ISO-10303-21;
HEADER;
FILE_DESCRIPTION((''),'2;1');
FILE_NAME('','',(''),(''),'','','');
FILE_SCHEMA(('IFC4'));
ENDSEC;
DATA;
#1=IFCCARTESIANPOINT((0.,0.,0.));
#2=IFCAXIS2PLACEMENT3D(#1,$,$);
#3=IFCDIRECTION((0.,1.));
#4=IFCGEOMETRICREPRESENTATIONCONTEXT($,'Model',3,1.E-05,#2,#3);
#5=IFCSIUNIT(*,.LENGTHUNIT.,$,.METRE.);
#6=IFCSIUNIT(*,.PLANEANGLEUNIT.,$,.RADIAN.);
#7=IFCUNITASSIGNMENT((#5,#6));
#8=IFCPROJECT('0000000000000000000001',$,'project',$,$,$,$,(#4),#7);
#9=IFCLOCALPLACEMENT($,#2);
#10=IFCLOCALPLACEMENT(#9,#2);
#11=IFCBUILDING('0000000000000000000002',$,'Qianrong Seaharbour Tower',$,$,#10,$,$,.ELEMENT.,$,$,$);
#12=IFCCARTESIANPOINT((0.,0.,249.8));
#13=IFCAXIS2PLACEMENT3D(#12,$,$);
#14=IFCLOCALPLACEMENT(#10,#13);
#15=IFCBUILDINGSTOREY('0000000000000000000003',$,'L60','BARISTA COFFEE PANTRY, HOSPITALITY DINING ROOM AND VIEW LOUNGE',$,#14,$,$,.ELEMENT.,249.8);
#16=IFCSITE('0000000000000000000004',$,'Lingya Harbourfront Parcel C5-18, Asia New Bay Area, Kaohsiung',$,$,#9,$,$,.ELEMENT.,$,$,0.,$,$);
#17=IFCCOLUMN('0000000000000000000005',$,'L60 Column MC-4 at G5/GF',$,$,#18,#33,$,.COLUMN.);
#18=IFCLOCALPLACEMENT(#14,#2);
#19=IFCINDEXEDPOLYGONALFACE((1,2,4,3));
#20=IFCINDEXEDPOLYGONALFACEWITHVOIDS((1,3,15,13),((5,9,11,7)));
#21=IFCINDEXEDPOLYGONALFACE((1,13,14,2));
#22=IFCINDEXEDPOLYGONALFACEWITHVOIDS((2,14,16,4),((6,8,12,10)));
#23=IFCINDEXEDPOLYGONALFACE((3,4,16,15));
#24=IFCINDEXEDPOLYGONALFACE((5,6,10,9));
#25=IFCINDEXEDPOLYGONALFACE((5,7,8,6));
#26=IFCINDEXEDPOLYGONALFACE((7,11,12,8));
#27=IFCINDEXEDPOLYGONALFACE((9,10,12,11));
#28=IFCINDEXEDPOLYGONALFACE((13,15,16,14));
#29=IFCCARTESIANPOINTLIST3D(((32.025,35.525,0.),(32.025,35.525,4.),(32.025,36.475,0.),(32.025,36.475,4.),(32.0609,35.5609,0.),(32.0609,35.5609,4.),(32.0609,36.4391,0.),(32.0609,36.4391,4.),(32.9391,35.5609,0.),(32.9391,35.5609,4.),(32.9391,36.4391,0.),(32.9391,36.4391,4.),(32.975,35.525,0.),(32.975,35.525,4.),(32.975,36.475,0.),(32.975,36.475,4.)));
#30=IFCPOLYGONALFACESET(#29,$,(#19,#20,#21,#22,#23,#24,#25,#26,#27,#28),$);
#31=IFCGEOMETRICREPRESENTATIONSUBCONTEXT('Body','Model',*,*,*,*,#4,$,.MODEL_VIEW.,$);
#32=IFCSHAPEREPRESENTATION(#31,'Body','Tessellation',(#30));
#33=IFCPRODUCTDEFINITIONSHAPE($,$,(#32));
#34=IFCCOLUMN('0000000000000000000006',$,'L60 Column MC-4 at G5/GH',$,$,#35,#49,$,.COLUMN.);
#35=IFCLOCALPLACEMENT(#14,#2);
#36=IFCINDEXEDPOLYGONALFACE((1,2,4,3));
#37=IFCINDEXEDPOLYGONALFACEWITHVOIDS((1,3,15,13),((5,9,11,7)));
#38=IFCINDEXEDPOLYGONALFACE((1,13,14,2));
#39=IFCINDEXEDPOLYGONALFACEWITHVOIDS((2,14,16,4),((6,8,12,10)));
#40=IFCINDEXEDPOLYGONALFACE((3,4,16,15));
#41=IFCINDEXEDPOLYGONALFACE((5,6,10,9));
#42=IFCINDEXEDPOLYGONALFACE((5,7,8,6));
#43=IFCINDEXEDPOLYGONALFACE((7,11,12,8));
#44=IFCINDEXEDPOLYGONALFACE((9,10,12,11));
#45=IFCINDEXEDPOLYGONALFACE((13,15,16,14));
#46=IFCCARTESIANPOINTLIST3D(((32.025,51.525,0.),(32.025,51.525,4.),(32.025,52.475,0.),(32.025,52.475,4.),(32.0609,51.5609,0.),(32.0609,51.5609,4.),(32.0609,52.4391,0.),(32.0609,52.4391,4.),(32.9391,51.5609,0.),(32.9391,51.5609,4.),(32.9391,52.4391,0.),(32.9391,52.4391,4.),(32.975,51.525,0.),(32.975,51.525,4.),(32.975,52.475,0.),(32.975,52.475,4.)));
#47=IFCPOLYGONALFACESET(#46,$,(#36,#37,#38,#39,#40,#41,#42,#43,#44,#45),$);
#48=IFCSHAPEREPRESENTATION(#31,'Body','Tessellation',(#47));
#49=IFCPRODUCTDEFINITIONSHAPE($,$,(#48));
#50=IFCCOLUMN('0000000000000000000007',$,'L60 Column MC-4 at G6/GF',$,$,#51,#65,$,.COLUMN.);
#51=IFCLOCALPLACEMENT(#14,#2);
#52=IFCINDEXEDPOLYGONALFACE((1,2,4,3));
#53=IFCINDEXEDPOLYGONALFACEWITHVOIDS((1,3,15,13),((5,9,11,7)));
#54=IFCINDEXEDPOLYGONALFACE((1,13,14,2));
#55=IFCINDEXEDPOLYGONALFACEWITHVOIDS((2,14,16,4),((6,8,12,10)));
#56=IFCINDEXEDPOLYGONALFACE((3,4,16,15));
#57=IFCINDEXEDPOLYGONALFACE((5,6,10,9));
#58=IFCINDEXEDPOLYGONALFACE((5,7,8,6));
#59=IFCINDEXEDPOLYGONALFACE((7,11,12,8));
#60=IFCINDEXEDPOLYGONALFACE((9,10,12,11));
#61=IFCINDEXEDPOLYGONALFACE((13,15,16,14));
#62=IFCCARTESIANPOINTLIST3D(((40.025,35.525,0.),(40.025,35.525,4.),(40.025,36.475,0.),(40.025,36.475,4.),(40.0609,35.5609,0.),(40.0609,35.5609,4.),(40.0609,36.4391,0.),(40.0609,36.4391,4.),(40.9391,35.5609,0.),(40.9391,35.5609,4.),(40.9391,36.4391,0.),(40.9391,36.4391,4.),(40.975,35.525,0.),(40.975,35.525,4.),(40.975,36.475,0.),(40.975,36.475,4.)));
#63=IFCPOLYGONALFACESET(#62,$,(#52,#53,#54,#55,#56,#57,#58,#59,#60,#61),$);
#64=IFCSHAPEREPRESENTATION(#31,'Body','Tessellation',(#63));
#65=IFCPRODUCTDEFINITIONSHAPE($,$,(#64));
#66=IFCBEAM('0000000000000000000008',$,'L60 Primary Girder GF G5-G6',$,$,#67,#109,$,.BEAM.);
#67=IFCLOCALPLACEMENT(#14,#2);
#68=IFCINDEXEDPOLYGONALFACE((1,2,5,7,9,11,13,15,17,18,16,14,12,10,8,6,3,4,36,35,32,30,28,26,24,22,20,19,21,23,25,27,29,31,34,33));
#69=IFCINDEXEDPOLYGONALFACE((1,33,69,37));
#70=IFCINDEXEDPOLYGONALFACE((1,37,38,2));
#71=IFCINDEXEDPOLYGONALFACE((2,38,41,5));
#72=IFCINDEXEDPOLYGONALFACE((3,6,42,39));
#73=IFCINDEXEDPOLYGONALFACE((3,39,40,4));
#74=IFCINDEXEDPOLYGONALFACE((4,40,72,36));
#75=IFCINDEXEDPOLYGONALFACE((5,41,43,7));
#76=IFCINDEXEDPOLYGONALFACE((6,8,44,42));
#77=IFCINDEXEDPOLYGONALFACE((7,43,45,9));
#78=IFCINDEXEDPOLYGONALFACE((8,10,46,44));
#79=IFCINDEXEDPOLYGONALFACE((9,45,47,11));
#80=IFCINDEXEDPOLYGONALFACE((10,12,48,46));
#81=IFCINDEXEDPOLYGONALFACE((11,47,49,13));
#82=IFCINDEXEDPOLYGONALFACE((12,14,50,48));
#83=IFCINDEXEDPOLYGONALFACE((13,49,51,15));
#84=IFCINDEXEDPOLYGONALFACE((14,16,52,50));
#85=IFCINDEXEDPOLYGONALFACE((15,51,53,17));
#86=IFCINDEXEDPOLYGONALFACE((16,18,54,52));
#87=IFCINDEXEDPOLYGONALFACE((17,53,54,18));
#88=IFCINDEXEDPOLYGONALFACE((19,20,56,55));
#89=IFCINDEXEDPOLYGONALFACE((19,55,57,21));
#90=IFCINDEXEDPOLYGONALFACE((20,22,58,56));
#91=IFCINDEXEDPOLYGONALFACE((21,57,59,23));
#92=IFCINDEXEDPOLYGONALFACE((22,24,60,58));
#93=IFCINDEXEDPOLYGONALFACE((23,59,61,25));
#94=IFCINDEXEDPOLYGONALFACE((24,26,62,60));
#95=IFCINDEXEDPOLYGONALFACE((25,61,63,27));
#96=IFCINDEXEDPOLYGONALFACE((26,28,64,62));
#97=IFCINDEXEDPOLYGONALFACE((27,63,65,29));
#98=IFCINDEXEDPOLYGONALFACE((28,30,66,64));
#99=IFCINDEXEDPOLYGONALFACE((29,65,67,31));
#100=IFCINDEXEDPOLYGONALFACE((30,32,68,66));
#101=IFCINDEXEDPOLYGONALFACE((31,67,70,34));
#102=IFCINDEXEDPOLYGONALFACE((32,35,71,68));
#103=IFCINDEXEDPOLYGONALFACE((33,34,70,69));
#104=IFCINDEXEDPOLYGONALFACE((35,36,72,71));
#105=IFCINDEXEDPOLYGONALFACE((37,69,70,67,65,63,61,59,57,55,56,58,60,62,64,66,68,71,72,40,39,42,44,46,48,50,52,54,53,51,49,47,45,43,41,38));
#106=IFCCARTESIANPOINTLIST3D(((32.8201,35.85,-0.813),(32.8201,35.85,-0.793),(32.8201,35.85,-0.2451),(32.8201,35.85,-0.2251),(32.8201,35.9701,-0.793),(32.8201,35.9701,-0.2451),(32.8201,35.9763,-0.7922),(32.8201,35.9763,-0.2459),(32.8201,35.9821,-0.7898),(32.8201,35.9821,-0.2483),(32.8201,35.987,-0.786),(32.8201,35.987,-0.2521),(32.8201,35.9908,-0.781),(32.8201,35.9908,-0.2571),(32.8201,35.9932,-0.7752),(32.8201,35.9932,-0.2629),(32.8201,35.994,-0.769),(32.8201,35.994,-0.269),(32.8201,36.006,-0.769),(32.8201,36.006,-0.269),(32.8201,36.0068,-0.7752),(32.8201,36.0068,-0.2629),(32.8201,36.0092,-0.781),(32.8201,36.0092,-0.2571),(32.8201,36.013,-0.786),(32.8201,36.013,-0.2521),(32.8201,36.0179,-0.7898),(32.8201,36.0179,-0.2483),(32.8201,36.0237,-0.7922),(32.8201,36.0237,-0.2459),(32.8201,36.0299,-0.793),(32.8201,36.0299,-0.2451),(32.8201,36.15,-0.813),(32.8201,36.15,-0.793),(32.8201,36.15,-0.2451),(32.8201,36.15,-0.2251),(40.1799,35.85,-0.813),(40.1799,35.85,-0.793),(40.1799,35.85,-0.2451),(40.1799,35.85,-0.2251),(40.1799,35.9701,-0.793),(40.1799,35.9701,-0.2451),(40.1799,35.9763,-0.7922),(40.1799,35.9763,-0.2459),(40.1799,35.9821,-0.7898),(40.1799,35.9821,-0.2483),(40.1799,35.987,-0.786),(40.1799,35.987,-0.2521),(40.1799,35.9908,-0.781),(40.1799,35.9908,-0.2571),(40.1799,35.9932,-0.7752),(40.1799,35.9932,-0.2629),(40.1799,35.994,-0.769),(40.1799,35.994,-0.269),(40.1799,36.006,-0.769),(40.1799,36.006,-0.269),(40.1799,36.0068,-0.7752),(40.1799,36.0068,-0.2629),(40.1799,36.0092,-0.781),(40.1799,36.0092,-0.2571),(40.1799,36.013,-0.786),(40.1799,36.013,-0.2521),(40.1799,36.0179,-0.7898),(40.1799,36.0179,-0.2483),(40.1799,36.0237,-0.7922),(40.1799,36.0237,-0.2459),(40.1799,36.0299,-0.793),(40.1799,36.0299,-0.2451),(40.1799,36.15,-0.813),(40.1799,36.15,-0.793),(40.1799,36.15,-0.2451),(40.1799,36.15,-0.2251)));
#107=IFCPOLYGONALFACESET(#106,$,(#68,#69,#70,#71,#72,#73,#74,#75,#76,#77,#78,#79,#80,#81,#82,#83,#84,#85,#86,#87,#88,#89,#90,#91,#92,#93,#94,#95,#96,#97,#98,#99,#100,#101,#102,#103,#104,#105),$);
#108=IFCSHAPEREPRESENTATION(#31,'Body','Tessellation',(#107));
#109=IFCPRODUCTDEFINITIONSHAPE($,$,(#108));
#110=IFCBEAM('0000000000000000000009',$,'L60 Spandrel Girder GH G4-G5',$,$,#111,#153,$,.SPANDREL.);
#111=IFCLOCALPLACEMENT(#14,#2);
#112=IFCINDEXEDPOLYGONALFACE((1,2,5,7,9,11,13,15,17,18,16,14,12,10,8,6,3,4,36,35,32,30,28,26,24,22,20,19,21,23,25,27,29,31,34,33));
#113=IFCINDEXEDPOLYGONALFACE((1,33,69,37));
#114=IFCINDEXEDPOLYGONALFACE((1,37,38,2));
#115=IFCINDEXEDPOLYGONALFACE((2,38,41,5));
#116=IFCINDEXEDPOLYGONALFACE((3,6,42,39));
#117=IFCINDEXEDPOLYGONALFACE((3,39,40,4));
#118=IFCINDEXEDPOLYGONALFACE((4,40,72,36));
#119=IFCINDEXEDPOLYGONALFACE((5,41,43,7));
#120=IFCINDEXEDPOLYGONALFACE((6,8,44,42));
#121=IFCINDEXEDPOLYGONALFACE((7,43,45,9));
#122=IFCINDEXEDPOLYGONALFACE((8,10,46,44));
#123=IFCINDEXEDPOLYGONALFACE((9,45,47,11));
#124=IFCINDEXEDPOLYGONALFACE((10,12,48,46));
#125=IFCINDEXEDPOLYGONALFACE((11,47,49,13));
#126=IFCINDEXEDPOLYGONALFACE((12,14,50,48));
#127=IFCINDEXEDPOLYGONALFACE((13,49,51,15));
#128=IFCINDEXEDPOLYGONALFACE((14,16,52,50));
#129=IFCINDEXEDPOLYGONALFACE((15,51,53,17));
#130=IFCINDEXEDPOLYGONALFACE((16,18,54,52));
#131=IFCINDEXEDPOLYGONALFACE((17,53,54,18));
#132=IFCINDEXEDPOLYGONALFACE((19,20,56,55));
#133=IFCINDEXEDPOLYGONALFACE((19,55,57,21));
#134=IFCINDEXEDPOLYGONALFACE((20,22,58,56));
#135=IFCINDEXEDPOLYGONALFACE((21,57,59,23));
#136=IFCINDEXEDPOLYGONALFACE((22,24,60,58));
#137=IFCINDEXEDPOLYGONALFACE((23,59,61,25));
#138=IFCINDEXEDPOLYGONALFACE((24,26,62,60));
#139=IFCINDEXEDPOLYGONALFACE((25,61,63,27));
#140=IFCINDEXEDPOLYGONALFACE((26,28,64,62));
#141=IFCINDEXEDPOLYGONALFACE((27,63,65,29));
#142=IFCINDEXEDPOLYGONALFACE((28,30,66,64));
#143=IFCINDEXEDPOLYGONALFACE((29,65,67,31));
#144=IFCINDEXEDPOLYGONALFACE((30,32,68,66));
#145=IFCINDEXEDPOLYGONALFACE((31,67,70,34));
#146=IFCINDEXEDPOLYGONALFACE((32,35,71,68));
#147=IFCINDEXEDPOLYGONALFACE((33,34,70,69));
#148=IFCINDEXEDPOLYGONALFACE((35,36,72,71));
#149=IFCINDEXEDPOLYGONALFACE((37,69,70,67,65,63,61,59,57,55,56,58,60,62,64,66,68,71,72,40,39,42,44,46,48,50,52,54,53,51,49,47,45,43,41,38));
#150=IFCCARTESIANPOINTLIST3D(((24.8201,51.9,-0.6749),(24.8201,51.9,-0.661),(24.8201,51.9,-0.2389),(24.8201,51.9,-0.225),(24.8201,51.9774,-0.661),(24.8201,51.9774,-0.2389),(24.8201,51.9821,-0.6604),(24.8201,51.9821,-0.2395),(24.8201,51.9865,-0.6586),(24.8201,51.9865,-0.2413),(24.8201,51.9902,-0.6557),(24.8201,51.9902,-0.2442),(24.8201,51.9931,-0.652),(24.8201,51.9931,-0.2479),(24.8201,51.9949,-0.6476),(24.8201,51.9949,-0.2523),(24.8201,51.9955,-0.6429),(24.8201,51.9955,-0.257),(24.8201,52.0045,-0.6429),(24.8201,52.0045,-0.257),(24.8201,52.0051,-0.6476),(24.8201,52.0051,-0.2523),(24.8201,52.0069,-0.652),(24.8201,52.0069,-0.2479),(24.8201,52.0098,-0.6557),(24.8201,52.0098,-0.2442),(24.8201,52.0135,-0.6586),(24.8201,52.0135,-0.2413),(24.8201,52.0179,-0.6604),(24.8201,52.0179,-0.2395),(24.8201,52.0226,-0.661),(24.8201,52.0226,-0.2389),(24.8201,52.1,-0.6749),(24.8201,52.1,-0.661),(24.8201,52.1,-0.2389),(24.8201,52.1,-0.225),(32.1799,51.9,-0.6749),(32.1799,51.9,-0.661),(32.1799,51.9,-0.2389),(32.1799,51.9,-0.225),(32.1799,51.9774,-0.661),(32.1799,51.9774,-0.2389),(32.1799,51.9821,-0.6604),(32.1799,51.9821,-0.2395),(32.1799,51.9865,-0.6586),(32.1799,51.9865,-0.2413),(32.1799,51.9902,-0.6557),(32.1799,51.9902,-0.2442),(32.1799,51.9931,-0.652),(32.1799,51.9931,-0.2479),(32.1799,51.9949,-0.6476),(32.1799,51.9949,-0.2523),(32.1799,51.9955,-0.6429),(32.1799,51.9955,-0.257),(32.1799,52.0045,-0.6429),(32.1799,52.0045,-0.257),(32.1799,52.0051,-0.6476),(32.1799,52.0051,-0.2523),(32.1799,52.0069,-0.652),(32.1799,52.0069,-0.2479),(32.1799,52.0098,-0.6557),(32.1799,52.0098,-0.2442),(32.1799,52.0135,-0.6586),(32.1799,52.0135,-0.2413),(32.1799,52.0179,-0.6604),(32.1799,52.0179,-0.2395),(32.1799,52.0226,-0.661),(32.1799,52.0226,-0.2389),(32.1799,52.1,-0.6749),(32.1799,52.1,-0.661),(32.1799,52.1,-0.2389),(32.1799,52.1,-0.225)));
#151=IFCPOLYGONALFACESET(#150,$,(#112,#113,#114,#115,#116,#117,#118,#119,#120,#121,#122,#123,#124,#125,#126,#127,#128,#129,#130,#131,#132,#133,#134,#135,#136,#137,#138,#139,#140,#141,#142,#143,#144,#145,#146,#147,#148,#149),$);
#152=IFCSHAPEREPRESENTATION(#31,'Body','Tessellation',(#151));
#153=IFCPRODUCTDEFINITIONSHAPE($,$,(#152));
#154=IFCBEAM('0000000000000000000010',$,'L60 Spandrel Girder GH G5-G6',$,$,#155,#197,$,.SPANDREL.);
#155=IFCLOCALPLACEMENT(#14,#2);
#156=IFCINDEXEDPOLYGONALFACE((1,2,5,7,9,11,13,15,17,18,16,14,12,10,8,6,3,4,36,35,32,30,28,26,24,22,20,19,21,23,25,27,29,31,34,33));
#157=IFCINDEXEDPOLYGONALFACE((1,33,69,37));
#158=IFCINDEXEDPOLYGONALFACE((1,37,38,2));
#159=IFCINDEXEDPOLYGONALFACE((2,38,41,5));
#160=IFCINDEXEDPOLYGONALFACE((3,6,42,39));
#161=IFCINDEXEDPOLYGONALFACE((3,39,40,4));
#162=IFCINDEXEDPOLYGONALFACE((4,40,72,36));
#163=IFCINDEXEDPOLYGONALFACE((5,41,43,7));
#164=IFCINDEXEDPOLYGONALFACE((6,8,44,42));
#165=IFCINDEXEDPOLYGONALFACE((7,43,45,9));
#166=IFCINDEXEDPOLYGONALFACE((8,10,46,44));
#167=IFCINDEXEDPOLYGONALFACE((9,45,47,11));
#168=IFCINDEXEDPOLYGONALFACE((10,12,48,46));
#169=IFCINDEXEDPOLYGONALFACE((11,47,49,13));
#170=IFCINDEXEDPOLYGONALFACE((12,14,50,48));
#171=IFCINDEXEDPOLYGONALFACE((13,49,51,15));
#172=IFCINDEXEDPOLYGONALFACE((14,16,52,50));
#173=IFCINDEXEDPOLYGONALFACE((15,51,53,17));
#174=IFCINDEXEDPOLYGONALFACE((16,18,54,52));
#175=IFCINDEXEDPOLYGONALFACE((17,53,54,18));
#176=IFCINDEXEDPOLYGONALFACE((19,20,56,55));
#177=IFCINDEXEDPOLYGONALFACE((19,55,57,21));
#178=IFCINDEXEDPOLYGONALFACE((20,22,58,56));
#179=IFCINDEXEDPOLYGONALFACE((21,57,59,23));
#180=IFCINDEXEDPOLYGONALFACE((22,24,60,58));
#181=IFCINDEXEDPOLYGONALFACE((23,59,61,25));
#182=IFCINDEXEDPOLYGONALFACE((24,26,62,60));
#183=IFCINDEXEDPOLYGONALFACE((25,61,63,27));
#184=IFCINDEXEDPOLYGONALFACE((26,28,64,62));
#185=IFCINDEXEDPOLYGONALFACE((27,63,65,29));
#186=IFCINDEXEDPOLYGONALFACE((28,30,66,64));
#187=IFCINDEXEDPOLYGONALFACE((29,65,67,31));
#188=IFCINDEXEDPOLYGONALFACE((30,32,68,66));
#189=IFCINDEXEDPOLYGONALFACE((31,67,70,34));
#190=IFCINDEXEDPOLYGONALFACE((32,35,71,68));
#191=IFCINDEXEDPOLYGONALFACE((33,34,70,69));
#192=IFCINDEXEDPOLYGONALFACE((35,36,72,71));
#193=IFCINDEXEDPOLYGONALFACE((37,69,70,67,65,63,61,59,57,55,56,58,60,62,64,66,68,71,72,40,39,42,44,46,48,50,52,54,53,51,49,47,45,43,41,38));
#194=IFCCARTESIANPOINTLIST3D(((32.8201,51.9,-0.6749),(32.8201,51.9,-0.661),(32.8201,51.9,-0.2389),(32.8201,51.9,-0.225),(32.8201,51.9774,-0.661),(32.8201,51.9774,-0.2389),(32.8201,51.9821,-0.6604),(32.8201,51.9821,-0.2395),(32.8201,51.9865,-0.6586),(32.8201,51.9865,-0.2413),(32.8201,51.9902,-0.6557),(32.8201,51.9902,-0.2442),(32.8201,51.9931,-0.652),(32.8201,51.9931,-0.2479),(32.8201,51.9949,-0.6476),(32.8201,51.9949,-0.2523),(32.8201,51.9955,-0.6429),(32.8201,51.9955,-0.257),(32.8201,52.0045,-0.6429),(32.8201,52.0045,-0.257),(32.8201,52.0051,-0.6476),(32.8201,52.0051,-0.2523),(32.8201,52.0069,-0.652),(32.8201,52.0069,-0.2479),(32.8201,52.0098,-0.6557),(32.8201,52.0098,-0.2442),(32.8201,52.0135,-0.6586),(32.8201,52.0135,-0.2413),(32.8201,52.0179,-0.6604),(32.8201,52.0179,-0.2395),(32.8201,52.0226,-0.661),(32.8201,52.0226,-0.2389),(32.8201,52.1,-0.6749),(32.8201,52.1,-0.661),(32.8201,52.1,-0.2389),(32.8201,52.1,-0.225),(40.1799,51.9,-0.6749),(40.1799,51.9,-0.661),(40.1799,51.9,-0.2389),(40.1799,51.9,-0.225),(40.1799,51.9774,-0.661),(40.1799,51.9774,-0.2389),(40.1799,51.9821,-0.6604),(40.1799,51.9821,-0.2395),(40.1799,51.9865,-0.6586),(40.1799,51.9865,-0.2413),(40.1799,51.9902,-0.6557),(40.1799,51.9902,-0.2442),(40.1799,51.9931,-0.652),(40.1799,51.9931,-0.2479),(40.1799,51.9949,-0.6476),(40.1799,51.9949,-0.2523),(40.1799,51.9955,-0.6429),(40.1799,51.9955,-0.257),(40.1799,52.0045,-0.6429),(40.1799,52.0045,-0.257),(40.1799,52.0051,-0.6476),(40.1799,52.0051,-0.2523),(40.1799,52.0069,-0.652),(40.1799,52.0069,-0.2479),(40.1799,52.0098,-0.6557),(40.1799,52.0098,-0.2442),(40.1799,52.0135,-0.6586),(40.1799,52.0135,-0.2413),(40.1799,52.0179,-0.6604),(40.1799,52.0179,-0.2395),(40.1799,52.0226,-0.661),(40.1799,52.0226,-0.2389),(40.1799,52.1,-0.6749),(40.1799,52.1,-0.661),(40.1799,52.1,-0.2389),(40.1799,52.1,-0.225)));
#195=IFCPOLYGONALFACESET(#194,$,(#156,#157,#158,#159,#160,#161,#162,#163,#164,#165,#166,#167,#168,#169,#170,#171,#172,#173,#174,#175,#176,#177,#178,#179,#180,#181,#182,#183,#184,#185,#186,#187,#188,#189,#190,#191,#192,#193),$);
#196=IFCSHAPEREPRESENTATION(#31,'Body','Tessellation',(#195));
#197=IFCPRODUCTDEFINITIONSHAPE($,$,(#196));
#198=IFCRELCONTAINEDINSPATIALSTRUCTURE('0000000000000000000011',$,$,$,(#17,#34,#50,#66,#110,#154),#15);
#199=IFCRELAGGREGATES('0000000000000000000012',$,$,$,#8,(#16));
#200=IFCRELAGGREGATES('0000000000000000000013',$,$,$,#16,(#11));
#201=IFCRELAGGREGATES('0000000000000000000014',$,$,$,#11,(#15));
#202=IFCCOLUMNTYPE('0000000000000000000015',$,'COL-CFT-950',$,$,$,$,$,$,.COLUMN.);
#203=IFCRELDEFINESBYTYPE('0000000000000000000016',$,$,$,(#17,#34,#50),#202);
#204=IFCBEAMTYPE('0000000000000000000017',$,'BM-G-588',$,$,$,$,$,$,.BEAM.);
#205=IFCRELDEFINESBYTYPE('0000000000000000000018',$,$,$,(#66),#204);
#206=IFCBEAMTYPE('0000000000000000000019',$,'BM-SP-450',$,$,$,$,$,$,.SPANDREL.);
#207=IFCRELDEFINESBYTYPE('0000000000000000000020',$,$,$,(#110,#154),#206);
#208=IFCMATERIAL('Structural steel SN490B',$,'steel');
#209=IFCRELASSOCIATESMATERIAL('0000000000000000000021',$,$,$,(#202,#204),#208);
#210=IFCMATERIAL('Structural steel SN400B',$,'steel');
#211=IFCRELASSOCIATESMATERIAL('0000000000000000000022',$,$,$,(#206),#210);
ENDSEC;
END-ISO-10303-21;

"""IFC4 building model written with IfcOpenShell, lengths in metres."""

from ifc_helpers import new_model, si_unit, direction, frame, origin, origin_2d, place, context, subcontext, project, spatial, hollow_rectangle, i_section, extrude, material, material_profile, profile_set, type_object, element, save


model = new_model("IFC4")

# Units and contexts
model_context = context("Model", 3, precision=1e-05, world=origin(), true_north=direction((0.0, 1.0)))
body_context = subcontext(model_context, "Body", "Model", "MODEL_VIEW")
ifc_project = project(units=[si_unit("LENGTHUNIT", "METRE"), si_unit("PLANEANGLEUNIT", "RADIAN")], contexts=[model_context])

# Site, building, storey
site_placement = place(None, origin())
site = spatial("IfcSite", under=ifc_project, at=site_placement, Name="Lingya Harbourfront Parcel C5-18, Asia New Bay Area, Kaohsiung", CompositionType="ELEMENT", RefElevation=0.0)
building_placement = place(site_placement, origin())
building = spatial("IfcBuilding", under=site, at=building_placement, Name="Qianrong Seaharbour Tower", CompositionType="ELEMENT")
storey_placement = place(building_placement, frame((0.0, 0.0, 249.8)))
storey = spatial("IfcBuildingStorey", under=building, at=storey_placement, Name="L60", Description="BARISTA COFFEE PANTRY, HOSPITALITY DINING ROOM AND VIEW LOUNGE", CompositionType="ELEMENT", Elevation=249.8)

# Columns
ifc_material_1 = material(Name="Structural steel SN490B", Category="steel")
ifc_material_profile_1 = material_profile(ifc_material_1, hollow_rectangle(XDim=0.95, YDim=0.95, WallThickness=0.0359, at=origin_2d()), Name="BOX950x950x36")
ifc_profile_set_1 = profile_set([ifc_material_profile_1], Name="Structural steel SN490B")
column_type = type_object("IfcColumnType", Name="COL-CFT-950", PredefinedType="COLUMN", material=ifc_profile_set_1)
for number, where, z_axis, x_axis, name in (
    (1, (32.5, 36.0, 0.0), (0.0, 0.0, 1.0), (1.0, 0.0, 0.0), "L60 Column MC-4 at G5/GF"),
    (2, (32.5, 52.0, 0.0), (0.0, 0.0, 1.0), (1.0, 0.0, 0.0), "L60 Column MC-4 at G5/GH"),
    (3, (40.5, 36.0, 0.0), (0.0, 0.0, 1.0), (1.0, 0.0, 0.0), "L60 Column MC-4 at G6/GF"),
):
    element("IfcColumn", number, at=place(storey_placement, frame(where, z_axis=z_axis, x_axis=x_axis)), inside=storey, type_object=column_type, Name=name, PredefinedType="COLUMN", context=body_context, shape_type="SweptSolid", body=[
        extrude(hollow_rectangle(XDim=0.95, YDim=0.95, WallThickness=0.0359, at=origin_2d()), origin(), (0.0, 0.0, 1.0), 4.0),
    ])

# Beams
ifc_material_profile_2 = material_profile(ifc_material_1, i_section(OverallWidth=0.3, OverallDepth=0.5879, WebThickness=0.012, FlangeThickness=0.02, FilletRadius=0.0239, at=origin_2d()), Name="H588x300x12x20")
ifc_profile_set_2 = profile_set([ifc_material_profile_2], Name="Structural steel SN490B")
beam_type_1 = type_object("IfcBeamType", Name="BM-G-588", PredefinedType="BEAM", material=ifc_profile_set_2)
beam_placement = place(storey_placement, frame((32.8201, 36.0, -0.519), z_axis=(1.0, 0.0, 0.0), x_axis=(0.0, 1.0, 0.0)))
element("IfcBeam", 4, at=beam_placement, inside=storey, type_object=beam_type_1, Name="L60 Primary Girder GF G5-G6", PredefinedType="BEAM", context=body_context, shape_type="SweptSolid", body=[
    extrude(i_section(OverallWidth=0.3, OverallDepth=0.5879, WebThickness=0.012, FlangeThickness=0.02, FilletRadius=0.0239, at=origin_2d()), origin(), (0.0, 0.0, 1.0), 7.3599),
])
ifc_material_2 = material(Name="Structural steel SN400B", Category="steel")
ifc_material_profile_3 = material_profile(ifc_material_2, i_section(OverallWidth=0.2, OverallDepth=0.45, WebThickness=0.009, FlangeThickness=0.0139, FilletRadius=0.0181, at=origin_2d()), Name="H450x200x9x14")
ifc_profile_set_3 = profile_set([ifc_material_profile_3], Name="Structural steel SN400B")
beam_type_2 = type_object("IfcBeamType", Name="BM-SP-450", PredefinedType="SPANDREL", material=ifc_profile_set_3)
for number, where, z_axis, x_axis, name in (
    (5, (24.8201, 52.0, -0.45), (1.0, 0.0, 0.0), (0.0, 1.0, 0.0), "L60 Spandrel Girder GH G4-G5"),
    (6, (32.8201, 52.0, -0.45), (1.0, 0.0, 0.0), (0.0, 1.0, 0.0), "L60 Spandrel Girder GH G5-G6"),
):
    element("IfcBeam", number, at=place(storey_placement, frame(where, z_axis=z_axis, x_axis=x_axis)), inside=storey, type_object=beam_type_2, Name=name, PredefinedType="SPANDREL", context=body_context, shape_type="SweptSolid", body=[
        extrude(i_section(OverallWidth=0.2, OverallDepth=0.45, WebThickness=0.009, FlangeThickness=0.0139, FilletRadius=0.0181, at=origin_2d()), origin(), (0.0, 0.0, 1.0), 7.3599),
    ])

save(model, "model.ifc")
